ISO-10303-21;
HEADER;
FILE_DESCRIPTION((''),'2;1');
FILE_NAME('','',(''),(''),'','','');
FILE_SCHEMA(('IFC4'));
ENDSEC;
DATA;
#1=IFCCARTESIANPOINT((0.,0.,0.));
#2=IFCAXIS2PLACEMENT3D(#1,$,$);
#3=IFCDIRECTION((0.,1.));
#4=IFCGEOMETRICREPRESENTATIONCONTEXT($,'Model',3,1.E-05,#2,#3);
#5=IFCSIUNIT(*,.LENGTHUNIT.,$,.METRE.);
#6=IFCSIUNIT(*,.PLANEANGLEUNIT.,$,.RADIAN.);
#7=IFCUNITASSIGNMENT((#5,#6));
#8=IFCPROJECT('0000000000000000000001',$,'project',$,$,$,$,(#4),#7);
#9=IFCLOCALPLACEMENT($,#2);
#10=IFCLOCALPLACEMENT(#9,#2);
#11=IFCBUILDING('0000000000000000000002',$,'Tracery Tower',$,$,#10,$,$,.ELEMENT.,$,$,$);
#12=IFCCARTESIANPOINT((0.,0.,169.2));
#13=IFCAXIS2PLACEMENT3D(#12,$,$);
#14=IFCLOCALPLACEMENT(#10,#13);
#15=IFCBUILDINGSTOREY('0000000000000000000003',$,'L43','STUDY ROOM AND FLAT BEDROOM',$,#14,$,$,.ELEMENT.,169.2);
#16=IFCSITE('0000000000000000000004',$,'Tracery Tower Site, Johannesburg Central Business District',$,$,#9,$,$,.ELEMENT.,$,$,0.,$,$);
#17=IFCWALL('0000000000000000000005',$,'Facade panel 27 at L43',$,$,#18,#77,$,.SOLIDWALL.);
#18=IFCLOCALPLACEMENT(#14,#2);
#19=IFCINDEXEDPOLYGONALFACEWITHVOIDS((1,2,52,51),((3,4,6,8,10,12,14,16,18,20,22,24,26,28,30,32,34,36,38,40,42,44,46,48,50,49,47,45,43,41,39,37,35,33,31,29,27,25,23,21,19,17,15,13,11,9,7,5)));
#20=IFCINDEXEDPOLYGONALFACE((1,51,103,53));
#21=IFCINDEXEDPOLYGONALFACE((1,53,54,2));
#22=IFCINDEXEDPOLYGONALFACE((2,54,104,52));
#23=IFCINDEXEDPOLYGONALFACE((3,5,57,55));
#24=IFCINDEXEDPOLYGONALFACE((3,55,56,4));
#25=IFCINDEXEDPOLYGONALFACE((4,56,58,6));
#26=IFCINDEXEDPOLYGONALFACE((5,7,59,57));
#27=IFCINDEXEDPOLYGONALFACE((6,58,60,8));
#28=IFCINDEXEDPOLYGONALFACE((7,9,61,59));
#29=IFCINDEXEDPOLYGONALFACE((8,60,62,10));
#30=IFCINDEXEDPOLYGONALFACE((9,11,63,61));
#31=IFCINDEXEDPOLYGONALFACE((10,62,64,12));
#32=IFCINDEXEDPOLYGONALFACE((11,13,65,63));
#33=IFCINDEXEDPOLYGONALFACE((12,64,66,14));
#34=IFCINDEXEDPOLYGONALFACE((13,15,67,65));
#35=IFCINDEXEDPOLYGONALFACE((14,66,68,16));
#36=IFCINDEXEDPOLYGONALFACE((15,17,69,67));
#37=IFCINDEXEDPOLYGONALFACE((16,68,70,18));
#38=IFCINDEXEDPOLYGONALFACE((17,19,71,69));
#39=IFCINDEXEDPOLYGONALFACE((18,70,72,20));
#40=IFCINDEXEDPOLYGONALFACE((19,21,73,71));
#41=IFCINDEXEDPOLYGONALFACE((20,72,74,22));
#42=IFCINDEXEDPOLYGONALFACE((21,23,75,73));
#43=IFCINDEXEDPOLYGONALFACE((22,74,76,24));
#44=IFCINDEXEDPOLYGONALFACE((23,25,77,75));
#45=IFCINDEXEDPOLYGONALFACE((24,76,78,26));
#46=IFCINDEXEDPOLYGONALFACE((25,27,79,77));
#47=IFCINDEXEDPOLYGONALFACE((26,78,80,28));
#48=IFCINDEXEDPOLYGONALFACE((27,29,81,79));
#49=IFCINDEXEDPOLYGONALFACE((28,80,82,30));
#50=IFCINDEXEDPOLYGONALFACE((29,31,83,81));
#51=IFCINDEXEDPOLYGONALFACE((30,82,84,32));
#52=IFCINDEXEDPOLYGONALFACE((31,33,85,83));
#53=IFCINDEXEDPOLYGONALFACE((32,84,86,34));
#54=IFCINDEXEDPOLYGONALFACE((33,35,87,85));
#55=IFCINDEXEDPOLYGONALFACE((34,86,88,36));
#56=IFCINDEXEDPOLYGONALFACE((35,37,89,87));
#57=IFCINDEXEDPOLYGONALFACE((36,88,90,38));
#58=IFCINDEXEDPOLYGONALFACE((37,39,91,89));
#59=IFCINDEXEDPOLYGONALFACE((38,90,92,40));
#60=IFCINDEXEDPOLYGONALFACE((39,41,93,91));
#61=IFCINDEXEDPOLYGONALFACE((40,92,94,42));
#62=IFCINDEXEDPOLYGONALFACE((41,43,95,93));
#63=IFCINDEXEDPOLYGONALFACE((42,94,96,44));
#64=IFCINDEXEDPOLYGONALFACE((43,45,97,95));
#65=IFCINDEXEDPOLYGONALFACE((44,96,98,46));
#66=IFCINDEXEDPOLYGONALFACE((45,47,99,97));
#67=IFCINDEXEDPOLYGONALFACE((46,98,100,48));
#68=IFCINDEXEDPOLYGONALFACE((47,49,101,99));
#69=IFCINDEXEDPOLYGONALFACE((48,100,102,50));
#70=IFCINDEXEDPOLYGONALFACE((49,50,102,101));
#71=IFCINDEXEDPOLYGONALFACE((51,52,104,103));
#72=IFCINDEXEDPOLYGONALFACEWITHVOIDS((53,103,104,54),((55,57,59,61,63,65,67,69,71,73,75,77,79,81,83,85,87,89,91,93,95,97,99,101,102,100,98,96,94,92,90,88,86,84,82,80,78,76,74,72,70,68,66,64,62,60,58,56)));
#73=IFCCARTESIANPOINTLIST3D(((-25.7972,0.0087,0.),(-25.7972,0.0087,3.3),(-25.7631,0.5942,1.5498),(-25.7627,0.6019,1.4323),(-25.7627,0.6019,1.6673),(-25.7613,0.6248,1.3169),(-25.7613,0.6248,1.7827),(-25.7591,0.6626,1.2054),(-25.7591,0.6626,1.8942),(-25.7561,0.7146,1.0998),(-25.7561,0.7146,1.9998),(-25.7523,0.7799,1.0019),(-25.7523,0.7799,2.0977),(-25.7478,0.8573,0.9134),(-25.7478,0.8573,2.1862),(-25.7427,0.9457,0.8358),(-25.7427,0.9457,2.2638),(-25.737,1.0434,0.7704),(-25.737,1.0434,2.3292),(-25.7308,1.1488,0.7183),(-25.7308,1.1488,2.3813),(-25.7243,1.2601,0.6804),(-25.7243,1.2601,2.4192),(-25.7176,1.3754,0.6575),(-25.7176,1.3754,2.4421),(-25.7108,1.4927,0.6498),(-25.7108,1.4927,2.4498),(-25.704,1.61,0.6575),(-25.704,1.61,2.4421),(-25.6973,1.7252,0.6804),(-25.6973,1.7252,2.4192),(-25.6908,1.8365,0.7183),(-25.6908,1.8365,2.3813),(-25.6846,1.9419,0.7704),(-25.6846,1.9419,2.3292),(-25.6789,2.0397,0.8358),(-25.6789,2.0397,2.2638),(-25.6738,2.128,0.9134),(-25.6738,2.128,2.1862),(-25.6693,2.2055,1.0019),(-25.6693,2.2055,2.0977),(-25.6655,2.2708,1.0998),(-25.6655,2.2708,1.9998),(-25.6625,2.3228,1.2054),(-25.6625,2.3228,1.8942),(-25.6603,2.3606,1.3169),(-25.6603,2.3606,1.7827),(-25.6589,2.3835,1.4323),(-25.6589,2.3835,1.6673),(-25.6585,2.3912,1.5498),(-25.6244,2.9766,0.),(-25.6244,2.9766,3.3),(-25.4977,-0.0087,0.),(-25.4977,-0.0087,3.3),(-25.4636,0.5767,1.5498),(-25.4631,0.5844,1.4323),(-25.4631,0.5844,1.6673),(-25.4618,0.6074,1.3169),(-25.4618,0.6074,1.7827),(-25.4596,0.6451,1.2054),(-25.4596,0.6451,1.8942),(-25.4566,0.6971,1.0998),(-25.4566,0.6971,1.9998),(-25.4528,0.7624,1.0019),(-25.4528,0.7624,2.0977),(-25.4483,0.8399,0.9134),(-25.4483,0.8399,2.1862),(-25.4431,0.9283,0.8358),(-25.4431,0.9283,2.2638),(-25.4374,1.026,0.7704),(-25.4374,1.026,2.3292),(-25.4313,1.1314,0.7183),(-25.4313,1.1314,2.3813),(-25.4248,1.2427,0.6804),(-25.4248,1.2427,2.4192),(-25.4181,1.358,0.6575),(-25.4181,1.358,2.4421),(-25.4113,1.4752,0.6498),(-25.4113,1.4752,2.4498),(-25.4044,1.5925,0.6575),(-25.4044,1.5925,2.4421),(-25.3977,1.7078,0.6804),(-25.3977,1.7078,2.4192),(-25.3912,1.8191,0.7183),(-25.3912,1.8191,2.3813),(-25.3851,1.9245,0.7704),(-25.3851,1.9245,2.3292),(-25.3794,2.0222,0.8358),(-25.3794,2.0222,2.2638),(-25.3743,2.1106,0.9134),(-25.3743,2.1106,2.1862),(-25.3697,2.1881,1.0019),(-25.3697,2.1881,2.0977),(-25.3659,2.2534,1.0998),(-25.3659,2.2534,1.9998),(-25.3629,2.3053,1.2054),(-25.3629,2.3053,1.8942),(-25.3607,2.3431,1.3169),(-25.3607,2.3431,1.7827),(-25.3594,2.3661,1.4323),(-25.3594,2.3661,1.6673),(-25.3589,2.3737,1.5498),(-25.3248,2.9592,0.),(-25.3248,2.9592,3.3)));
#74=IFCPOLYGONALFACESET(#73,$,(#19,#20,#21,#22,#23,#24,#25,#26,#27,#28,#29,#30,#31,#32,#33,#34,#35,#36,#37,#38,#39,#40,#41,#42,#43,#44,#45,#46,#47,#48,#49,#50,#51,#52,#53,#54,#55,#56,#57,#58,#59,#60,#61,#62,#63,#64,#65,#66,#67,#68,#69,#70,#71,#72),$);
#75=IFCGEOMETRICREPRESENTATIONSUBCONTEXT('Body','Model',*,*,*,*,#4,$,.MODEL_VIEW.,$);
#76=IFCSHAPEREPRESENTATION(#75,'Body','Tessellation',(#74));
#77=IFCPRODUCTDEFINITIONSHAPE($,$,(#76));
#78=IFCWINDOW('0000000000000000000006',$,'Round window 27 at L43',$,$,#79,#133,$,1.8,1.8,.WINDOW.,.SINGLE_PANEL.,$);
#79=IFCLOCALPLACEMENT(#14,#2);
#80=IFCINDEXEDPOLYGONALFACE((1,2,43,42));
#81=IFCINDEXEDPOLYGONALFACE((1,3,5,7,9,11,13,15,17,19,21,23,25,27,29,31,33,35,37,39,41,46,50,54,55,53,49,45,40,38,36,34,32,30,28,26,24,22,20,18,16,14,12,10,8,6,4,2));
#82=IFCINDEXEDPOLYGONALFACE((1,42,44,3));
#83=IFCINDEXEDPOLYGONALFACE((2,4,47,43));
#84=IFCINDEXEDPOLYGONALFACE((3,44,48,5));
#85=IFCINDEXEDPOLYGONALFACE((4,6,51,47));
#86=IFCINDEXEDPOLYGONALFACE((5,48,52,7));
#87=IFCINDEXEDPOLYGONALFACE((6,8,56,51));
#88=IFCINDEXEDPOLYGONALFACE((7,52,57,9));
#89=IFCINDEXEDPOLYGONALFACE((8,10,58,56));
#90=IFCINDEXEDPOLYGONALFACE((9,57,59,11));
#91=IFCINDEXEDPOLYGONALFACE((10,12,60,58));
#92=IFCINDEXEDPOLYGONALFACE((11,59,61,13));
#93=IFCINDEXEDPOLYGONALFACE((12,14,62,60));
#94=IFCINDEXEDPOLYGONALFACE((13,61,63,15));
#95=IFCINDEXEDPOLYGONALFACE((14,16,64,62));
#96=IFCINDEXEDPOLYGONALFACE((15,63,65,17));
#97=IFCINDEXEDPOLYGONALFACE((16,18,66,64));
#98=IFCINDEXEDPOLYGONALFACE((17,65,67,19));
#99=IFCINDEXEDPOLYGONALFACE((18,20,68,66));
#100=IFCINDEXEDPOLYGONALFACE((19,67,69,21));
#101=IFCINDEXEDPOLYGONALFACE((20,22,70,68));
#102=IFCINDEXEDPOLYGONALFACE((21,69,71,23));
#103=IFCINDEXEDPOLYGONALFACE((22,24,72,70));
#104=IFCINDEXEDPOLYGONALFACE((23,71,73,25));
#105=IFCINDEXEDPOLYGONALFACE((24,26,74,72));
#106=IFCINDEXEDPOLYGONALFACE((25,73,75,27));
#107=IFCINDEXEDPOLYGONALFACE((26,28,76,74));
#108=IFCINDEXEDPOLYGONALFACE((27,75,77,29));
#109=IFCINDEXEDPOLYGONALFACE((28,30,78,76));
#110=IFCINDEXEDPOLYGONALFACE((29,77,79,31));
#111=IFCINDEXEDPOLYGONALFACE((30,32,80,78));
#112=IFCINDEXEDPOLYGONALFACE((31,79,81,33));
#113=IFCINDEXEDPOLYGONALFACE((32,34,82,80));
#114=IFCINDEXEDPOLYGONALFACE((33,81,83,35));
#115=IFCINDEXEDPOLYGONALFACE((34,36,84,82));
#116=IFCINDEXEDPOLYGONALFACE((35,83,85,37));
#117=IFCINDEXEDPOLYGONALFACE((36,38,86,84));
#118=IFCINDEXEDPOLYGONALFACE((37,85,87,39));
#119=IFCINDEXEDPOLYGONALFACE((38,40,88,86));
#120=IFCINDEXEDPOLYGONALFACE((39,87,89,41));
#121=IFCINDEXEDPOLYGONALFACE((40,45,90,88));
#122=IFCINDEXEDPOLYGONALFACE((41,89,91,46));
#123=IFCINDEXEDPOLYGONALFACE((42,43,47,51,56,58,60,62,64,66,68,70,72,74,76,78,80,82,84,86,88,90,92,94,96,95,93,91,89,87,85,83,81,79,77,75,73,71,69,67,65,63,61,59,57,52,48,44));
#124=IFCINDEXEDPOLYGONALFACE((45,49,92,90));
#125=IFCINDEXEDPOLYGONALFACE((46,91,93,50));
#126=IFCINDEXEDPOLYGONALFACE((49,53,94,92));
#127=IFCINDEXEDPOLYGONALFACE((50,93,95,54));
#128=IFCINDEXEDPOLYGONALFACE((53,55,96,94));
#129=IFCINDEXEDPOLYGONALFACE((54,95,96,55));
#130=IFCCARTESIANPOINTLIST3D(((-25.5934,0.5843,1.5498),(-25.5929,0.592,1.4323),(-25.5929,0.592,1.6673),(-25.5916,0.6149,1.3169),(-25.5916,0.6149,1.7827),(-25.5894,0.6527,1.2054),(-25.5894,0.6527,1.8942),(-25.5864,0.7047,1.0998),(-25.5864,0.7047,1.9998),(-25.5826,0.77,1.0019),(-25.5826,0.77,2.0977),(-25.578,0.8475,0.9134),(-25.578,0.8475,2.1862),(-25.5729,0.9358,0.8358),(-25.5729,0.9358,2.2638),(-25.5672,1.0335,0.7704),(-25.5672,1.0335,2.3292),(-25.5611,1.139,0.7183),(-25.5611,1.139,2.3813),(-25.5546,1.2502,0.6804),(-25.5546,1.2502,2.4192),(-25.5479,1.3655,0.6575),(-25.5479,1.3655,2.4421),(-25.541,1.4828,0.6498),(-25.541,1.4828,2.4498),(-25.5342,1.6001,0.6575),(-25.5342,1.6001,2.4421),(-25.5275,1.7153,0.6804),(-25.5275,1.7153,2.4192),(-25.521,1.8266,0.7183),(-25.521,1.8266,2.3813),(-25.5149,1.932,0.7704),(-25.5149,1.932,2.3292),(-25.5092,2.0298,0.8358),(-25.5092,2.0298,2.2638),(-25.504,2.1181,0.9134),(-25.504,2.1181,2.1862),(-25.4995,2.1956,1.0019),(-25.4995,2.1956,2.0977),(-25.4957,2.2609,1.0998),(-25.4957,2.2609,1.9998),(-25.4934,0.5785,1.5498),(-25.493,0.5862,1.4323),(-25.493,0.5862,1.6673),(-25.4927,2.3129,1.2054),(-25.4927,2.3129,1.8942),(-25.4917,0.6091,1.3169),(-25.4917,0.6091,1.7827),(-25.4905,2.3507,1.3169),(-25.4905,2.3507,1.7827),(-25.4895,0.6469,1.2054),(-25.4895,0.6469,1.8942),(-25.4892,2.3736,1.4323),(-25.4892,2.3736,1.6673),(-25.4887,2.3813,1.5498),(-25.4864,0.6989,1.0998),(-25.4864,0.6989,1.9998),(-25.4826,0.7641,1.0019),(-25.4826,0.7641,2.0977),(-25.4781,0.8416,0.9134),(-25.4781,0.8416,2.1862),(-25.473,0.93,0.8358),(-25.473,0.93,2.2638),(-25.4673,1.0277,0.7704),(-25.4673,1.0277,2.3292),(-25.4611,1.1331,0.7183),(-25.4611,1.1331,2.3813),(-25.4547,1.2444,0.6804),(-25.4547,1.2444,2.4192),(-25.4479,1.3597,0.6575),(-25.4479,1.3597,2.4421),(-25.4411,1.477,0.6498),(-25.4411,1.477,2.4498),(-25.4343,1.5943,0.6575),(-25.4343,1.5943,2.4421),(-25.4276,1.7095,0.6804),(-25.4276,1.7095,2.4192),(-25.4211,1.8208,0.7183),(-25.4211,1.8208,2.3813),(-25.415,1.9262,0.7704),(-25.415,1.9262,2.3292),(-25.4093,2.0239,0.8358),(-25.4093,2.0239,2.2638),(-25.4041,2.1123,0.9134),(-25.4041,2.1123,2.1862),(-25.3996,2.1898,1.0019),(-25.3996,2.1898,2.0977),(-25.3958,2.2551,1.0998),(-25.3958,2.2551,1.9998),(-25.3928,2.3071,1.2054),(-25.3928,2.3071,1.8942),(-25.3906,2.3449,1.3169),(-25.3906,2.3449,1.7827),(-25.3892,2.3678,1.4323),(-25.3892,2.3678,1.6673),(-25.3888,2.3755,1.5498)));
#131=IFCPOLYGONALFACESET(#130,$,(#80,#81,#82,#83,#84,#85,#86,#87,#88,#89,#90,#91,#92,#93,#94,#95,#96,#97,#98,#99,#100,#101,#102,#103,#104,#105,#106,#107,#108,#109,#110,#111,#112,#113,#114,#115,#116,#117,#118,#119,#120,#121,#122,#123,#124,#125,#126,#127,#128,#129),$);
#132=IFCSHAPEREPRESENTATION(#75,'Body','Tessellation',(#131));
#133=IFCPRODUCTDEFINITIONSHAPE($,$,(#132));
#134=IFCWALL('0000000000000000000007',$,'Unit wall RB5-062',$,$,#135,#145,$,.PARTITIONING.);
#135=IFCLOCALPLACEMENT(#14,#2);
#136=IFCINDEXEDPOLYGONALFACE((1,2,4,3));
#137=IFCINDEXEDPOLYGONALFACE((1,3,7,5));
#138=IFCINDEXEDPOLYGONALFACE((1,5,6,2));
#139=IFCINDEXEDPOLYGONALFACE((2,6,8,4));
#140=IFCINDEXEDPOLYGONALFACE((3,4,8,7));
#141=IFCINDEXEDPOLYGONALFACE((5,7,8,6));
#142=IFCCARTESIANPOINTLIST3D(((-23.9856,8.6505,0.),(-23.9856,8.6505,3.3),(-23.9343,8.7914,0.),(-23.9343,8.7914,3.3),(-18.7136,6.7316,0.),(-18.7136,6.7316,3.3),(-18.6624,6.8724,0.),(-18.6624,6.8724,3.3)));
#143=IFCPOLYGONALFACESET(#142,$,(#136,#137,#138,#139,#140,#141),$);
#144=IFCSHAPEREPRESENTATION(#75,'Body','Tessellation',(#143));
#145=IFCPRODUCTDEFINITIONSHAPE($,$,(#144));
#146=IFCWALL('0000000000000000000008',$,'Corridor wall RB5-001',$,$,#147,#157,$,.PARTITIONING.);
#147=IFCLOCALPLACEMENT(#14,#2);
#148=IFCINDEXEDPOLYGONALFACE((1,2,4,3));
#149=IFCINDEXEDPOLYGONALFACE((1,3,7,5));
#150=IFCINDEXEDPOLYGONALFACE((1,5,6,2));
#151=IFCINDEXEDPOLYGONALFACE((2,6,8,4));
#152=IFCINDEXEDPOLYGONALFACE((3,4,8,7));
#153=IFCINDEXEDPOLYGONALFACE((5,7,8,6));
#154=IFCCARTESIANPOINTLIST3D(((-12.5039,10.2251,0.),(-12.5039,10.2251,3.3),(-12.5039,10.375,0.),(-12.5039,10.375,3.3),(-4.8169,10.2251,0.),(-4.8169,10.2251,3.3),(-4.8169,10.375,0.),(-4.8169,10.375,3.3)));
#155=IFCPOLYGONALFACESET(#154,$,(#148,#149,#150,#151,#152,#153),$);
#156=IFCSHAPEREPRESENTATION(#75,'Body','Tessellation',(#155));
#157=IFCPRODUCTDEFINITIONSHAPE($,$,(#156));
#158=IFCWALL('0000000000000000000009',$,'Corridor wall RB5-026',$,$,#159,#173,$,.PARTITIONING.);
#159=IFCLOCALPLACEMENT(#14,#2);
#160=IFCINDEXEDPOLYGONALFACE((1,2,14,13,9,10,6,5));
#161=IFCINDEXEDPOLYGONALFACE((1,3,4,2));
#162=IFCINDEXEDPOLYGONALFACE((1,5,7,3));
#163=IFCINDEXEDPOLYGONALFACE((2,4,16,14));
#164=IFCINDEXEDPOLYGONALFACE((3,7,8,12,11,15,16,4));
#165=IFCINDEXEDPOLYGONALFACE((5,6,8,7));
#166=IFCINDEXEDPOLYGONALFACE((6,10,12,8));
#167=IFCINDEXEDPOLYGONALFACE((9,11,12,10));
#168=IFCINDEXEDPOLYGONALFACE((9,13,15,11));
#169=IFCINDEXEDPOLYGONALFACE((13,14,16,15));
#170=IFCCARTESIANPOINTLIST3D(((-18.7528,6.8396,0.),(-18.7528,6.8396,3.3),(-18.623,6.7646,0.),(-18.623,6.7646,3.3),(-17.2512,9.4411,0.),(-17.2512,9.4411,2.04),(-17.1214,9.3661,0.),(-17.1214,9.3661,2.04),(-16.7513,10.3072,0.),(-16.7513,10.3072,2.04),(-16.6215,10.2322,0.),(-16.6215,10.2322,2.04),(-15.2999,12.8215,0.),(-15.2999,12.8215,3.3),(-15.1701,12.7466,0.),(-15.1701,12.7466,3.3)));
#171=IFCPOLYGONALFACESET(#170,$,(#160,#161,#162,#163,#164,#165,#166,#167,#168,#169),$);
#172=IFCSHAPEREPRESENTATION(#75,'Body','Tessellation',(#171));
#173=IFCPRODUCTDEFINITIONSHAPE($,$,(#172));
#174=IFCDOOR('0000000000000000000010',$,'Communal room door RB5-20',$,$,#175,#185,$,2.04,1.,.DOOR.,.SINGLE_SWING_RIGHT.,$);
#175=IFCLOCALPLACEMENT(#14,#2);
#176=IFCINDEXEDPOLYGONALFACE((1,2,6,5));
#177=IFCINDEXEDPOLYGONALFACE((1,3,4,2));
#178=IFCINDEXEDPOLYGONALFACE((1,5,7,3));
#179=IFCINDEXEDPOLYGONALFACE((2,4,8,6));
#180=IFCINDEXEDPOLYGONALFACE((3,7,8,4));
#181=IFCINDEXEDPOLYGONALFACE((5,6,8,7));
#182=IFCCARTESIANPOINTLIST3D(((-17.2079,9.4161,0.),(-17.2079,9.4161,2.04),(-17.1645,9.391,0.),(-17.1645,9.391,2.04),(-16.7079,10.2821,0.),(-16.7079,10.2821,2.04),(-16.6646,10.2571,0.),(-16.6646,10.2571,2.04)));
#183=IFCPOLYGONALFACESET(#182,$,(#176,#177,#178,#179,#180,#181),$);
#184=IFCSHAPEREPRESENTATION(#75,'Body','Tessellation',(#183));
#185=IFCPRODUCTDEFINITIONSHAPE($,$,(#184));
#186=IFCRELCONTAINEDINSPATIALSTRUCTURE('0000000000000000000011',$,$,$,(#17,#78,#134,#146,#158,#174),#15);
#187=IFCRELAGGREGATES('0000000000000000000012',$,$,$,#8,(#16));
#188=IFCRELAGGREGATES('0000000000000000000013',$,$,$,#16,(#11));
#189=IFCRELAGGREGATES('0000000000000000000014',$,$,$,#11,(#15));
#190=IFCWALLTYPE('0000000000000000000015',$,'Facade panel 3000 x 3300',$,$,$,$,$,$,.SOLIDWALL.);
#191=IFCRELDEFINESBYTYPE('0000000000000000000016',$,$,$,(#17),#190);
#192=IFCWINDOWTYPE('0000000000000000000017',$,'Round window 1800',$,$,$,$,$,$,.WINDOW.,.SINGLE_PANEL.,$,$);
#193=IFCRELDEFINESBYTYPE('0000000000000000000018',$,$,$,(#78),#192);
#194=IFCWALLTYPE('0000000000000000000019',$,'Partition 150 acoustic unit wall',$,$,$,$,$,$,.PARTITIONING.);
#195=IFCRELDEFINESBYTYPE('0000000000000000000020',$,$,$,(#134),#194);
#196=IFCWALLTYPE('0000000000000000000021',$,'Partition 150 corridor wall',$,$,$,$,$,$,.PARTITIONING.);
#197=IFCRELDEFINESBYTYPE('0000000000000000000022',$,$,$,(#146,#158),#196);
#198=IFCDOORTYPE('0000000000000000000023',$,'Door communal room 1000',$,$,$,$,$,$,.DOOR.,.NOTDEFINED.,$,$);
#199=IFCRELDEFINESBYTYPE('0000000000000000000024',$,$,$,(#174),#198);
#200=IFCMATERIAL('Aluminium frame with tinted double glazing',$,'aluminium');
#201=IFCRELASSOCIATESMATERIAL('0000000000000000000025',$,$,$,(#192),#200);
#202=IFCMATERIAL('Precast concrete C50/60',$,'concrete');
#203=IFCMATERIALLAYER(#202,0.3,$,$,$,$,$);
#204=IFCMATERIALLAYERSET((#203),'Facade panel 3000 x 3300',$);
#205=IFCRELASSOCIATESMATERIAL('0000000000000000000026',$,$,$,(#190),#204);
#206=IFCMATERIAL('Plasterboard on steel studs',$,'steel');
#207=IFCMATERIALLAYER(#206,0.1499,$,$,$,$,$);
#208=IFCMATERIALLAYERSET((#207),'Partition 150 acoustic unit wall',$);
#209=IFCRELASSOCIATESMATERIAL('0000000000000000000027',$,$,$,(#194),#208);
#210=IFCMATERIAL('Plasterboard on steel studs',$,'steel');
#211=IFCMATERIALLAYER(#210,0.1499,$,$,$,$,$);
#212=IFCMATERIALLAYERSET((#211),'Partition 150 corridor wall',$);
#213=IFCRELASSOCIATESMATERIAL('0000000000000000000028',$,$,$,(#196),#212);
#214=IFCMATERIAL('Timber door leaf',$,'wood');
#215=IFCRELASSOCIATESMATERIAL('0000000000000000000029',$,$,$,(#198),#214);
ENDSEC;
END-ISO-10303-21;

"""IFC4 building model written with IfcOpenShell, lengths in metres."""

from ifc_helpers import new_model, si_unit, direction, frame, frame_2d, origin, origin_2d, place, context, subcontext, project, spatial, rectangle, circle, extrude, material, layer, layer_set, type_object, element, fill, save


model = new_model("IFC4")

# Units and contexts
model_context = context("Model", 3, precision=1e-05, world=origin(), true_north=direction((0.0, 1.0)))
body_context = subcontext(model_context, "Body", "Model", "MODEL_VIEW")
ifc_project = project(units=[si_unit("LENGTHUNIT", "METRE"), si_unit("PLANEANGLEUNIT", "RADIAN")], contexts=[model_context])

# Site, building, storey
site_placement = place(None, origin())
site = spatial("IfcSite", under=ifc_project, at=site_placement, Name="Tracery Tower Site, Johannesburg Central Business District", CompositionType="ELEMENT", RefElevation=0.0)
building_placement = place(site_placement, origin())
building = spatial("IfcBuilding", under=site, at=building_placement, Name="Tracery Tower", CompositionType="ELEMENT")
storey_placement = place(building_placement, frame((0.0, 0.0, 169.2)))
storey = spatial("IfcBuildingStorey", under=building, at=storey_placement, Name="L43", Description="STUDY ROOM AND FLAT BEDROOM", CompositionType="ELEMENT", Elevation=169.2)

# Wall, opening, window
ifc_material_1 = material(Name="Aluminium frame with tinted double glazing", Category="aluminium")
window_type = type_object("IfcWindowType", Name="Round window 1800", PartitioningType="SINGLE_PANEL", PredefinedType="WINDOW", material=ifc_material_1)
ifc_material_2 = material(Name="Precast concrete C50/60", Category="concrete")
ifc_layer_1 = layer(ifc_material_2, 0.3)
ifc_layer_set_1 = layer_set([ifc_layer_1], Name="Facade panel 3000 x 3300")
wall_type_1 = type_object("IfcWallType", Name="Facade panel 3000 x 3300", PredefinedType="SOLIDWALL", material=ifc_layer_set_1)
wall_1_placement = place(storey_placement, frame((-25.4746, 2.9678, 0.0), z_axis=(0.0, 0.0, 1.0), x_axis=(-0.058144, -0.998308, 0.0)))
wall_1 = element("IfcWall", 1, at=wall_1_placement, inside=storey, type_object=wall_type_1, Name="Facade panel 27 at L43", PredefinedType="SOLIDWALL", context=body_context, shape_type="SweptSolid", body=[
    extrude(rectangle(XDim=2.9729, YDim=0.3, at=frame_2d((1.4863, 0.0))), origin(), (0.0, 0.0, 1.0), 3.3),
])
opening_1_placement = place(wall_1_placement, frame((1.4863, 0.0, 1.5498)))
opening_1 = element("IfcOpeningElement", 2, at=opening_1_placement, cuts=wall_1, PredefinedType="OPENING", context=body_context, shape_type="SweptSolid", body=[
    extrude(circle(Radius=0.9, at=origin_2d()), frame((0.0, 0.1599, 0.0), z_axis=(0.0, -1.0, 0.0), x_axis=(1.0, 0.0, 0.0)), (0.0, 0.0, 1.0), 0.3201),
])
window_1_placement = place(opening_1_placement, origin())
window_1 = element("IfcWindow", 3, at=window_1_placement, inside=storey, type_object=window_type, Name="Round window 27 at L43", OverallHeight=1.8, OverallWidth=1.8, PartitioningType="SINGLE_PANEL", PredefinedType="WINDOW", context=body_context, shape_type="SweptSolid", body=[
    extrude(circle(Radius=0.9, at=origin_2d()), frame((0.0, 0.1201, 0.0), z_axis=(0.0, -1.0, 0.0), x_axis=(1.0, 0.0, 0.0)), (0.0, 0.0, 1.0), 0.1001),
])
fill(opening_1, window_1)

# Walls
ifc_material_3 = material(Name="Plasterboard on steel studs", Category="steel")
ifc_layer_2 = layer(ifc_material_3, 0.1499)
ifc_layer_set_2 = layer_set([ifc_layer_2], Name="Partition 150 acoustic unit wall")
wall_type_2 = type_object("IfcWallType", Name="Partition 150 acoustic unit wall", PredefinedType="PARTITIONING", material=ifc_layer_set_2)
wall_2_placement = place(storey_placement, frame((-23.96, 8.7209, 0.0), z_axis=(0.0, 0.0, 1.0), x_axis=(0.939687, -0.342037, 0.0)))
element("IfcWall", 4, at=wall_2_placement, inside=storey, type_object=wall_type_2, Name="Unit wall RB5-062", PredefinedType="PARTITIONING", context=body_context, shape_type="SweptSolid", body=[
    extrude(rectangle(XDim=5.6104, YDim=0.1499, at=frame_2d((2.8052, 0.0))), origin(), (0.0, 0.0, 1.0), 3.3),
])
ifc_material_4 = material(Name="Plasterboard on steel studs", Category="steel")
ifc_layer_3 = layer(ifc_material_4, 0.1499)
ifc_layer_set_3 = layer_set([ifc_layer_3], Name="Partition 150 corridor wall")
wall_type_3 = type_object("IfcWallType", Name="Partition 150 corridor wall", PredefinedType="PARTITIONING", material=ifc_layer_set_3)
wall_3_placement = place(storey_placement, frame((-12.5039, 10.3, 0.0), z_axis=(0.0, 0.0, 1.0), x_axis=(1.0, 0.0, 0.0)))
element("IfcWall", 5, at=wall_3_placement, inside=storey, type_object=wall_type_3, Name="Corridor wall RB5-001", PredefinedType="PARTITIONING", context=body_context, shape_type="SweptSolid", body=[
    extrude(rectangle(XDim=7.687, YDim=0.1499, at=frame_2d((3.8435, 0.0))), origin(), (0.0, 0.0, 1.0), 3.3),
])

# Wall, opening, door
wall_4_placement = place(storey_placement, frame((-18.688, 6.802, 0.0), z_axis=(0.0, 0.0, 1.0), x_axis=(0.499914, 0.866075, 0.0)))
wall_4 = element("IfcWall", 6, at=wall_4_placement, inside=storey, type_object=wall_type_3, Name="Corridor wall RB5-026", PredefinedType="PARTITIONING", context=body_context, shape_type="SweptSolid", body=[
    extrude(rectangle(XDim=6.907, YDim=0.1499, at=frame_2d((3.4536, 0.0))), origin(), (0.0, 0.0, 1.0), 3.3),
])
opening_2_placement = place(wall_4_placement, frame((3.0039, 0.0, 0.0)))
opening_2 = element("IfcOpeningElement", 7, at=opening_2_placement, cuts=wall_4, PredefinedType="OPENING", context=body_context, shape_type="SweptSolid", body=[
    extrude(rectangle(XDim=1.0, YDim=2.04, at=frame_2d((0.5, 1.02))), frame((0.0, 0.075, 0.0), z_axis=(0.0, -1.0, 0.0), x_axis=(1.0, 0.0, 0.0)), (0.0, 0.0, 1.0), 0.1499),
])
ifc_material_5 = material(Name="Timber door leaf", Category="wood")
door_type_1 = type_object("IfcDoorType", Name="Door communal room 1000", OperationType="NOTDEFINED", PredefinedType="DOOR", material=ifc_material_5)
door_1_placement = place(opening_2_placement, origin())
door_1 = element("IfcDoor", 8, at=door_1_placement, inside=storey, type_object=door_type_1, Name="Communal room door RB5-20", OperationType="SINGLE_SWING_RIGHT", OverallHeight=2.04, OverallWidth=1.0, PredefinedType="DOOR", context=body_context, shape_type="SweptSolid", body=[
    extrude(rectangle(XDim=1.0, YDim=2.04, at=frame_2d((0.5, 1.02))), frame((0.0, 0.0249, 0.0), z_axis=(0.0, -1.0, 0.0), x_axis=(1.0, 0.0, 0.0)), (0.0, 0.0, 1.0), 0.05),
])
fill(opening_2, door_1)

save(model, "model.ifc")
